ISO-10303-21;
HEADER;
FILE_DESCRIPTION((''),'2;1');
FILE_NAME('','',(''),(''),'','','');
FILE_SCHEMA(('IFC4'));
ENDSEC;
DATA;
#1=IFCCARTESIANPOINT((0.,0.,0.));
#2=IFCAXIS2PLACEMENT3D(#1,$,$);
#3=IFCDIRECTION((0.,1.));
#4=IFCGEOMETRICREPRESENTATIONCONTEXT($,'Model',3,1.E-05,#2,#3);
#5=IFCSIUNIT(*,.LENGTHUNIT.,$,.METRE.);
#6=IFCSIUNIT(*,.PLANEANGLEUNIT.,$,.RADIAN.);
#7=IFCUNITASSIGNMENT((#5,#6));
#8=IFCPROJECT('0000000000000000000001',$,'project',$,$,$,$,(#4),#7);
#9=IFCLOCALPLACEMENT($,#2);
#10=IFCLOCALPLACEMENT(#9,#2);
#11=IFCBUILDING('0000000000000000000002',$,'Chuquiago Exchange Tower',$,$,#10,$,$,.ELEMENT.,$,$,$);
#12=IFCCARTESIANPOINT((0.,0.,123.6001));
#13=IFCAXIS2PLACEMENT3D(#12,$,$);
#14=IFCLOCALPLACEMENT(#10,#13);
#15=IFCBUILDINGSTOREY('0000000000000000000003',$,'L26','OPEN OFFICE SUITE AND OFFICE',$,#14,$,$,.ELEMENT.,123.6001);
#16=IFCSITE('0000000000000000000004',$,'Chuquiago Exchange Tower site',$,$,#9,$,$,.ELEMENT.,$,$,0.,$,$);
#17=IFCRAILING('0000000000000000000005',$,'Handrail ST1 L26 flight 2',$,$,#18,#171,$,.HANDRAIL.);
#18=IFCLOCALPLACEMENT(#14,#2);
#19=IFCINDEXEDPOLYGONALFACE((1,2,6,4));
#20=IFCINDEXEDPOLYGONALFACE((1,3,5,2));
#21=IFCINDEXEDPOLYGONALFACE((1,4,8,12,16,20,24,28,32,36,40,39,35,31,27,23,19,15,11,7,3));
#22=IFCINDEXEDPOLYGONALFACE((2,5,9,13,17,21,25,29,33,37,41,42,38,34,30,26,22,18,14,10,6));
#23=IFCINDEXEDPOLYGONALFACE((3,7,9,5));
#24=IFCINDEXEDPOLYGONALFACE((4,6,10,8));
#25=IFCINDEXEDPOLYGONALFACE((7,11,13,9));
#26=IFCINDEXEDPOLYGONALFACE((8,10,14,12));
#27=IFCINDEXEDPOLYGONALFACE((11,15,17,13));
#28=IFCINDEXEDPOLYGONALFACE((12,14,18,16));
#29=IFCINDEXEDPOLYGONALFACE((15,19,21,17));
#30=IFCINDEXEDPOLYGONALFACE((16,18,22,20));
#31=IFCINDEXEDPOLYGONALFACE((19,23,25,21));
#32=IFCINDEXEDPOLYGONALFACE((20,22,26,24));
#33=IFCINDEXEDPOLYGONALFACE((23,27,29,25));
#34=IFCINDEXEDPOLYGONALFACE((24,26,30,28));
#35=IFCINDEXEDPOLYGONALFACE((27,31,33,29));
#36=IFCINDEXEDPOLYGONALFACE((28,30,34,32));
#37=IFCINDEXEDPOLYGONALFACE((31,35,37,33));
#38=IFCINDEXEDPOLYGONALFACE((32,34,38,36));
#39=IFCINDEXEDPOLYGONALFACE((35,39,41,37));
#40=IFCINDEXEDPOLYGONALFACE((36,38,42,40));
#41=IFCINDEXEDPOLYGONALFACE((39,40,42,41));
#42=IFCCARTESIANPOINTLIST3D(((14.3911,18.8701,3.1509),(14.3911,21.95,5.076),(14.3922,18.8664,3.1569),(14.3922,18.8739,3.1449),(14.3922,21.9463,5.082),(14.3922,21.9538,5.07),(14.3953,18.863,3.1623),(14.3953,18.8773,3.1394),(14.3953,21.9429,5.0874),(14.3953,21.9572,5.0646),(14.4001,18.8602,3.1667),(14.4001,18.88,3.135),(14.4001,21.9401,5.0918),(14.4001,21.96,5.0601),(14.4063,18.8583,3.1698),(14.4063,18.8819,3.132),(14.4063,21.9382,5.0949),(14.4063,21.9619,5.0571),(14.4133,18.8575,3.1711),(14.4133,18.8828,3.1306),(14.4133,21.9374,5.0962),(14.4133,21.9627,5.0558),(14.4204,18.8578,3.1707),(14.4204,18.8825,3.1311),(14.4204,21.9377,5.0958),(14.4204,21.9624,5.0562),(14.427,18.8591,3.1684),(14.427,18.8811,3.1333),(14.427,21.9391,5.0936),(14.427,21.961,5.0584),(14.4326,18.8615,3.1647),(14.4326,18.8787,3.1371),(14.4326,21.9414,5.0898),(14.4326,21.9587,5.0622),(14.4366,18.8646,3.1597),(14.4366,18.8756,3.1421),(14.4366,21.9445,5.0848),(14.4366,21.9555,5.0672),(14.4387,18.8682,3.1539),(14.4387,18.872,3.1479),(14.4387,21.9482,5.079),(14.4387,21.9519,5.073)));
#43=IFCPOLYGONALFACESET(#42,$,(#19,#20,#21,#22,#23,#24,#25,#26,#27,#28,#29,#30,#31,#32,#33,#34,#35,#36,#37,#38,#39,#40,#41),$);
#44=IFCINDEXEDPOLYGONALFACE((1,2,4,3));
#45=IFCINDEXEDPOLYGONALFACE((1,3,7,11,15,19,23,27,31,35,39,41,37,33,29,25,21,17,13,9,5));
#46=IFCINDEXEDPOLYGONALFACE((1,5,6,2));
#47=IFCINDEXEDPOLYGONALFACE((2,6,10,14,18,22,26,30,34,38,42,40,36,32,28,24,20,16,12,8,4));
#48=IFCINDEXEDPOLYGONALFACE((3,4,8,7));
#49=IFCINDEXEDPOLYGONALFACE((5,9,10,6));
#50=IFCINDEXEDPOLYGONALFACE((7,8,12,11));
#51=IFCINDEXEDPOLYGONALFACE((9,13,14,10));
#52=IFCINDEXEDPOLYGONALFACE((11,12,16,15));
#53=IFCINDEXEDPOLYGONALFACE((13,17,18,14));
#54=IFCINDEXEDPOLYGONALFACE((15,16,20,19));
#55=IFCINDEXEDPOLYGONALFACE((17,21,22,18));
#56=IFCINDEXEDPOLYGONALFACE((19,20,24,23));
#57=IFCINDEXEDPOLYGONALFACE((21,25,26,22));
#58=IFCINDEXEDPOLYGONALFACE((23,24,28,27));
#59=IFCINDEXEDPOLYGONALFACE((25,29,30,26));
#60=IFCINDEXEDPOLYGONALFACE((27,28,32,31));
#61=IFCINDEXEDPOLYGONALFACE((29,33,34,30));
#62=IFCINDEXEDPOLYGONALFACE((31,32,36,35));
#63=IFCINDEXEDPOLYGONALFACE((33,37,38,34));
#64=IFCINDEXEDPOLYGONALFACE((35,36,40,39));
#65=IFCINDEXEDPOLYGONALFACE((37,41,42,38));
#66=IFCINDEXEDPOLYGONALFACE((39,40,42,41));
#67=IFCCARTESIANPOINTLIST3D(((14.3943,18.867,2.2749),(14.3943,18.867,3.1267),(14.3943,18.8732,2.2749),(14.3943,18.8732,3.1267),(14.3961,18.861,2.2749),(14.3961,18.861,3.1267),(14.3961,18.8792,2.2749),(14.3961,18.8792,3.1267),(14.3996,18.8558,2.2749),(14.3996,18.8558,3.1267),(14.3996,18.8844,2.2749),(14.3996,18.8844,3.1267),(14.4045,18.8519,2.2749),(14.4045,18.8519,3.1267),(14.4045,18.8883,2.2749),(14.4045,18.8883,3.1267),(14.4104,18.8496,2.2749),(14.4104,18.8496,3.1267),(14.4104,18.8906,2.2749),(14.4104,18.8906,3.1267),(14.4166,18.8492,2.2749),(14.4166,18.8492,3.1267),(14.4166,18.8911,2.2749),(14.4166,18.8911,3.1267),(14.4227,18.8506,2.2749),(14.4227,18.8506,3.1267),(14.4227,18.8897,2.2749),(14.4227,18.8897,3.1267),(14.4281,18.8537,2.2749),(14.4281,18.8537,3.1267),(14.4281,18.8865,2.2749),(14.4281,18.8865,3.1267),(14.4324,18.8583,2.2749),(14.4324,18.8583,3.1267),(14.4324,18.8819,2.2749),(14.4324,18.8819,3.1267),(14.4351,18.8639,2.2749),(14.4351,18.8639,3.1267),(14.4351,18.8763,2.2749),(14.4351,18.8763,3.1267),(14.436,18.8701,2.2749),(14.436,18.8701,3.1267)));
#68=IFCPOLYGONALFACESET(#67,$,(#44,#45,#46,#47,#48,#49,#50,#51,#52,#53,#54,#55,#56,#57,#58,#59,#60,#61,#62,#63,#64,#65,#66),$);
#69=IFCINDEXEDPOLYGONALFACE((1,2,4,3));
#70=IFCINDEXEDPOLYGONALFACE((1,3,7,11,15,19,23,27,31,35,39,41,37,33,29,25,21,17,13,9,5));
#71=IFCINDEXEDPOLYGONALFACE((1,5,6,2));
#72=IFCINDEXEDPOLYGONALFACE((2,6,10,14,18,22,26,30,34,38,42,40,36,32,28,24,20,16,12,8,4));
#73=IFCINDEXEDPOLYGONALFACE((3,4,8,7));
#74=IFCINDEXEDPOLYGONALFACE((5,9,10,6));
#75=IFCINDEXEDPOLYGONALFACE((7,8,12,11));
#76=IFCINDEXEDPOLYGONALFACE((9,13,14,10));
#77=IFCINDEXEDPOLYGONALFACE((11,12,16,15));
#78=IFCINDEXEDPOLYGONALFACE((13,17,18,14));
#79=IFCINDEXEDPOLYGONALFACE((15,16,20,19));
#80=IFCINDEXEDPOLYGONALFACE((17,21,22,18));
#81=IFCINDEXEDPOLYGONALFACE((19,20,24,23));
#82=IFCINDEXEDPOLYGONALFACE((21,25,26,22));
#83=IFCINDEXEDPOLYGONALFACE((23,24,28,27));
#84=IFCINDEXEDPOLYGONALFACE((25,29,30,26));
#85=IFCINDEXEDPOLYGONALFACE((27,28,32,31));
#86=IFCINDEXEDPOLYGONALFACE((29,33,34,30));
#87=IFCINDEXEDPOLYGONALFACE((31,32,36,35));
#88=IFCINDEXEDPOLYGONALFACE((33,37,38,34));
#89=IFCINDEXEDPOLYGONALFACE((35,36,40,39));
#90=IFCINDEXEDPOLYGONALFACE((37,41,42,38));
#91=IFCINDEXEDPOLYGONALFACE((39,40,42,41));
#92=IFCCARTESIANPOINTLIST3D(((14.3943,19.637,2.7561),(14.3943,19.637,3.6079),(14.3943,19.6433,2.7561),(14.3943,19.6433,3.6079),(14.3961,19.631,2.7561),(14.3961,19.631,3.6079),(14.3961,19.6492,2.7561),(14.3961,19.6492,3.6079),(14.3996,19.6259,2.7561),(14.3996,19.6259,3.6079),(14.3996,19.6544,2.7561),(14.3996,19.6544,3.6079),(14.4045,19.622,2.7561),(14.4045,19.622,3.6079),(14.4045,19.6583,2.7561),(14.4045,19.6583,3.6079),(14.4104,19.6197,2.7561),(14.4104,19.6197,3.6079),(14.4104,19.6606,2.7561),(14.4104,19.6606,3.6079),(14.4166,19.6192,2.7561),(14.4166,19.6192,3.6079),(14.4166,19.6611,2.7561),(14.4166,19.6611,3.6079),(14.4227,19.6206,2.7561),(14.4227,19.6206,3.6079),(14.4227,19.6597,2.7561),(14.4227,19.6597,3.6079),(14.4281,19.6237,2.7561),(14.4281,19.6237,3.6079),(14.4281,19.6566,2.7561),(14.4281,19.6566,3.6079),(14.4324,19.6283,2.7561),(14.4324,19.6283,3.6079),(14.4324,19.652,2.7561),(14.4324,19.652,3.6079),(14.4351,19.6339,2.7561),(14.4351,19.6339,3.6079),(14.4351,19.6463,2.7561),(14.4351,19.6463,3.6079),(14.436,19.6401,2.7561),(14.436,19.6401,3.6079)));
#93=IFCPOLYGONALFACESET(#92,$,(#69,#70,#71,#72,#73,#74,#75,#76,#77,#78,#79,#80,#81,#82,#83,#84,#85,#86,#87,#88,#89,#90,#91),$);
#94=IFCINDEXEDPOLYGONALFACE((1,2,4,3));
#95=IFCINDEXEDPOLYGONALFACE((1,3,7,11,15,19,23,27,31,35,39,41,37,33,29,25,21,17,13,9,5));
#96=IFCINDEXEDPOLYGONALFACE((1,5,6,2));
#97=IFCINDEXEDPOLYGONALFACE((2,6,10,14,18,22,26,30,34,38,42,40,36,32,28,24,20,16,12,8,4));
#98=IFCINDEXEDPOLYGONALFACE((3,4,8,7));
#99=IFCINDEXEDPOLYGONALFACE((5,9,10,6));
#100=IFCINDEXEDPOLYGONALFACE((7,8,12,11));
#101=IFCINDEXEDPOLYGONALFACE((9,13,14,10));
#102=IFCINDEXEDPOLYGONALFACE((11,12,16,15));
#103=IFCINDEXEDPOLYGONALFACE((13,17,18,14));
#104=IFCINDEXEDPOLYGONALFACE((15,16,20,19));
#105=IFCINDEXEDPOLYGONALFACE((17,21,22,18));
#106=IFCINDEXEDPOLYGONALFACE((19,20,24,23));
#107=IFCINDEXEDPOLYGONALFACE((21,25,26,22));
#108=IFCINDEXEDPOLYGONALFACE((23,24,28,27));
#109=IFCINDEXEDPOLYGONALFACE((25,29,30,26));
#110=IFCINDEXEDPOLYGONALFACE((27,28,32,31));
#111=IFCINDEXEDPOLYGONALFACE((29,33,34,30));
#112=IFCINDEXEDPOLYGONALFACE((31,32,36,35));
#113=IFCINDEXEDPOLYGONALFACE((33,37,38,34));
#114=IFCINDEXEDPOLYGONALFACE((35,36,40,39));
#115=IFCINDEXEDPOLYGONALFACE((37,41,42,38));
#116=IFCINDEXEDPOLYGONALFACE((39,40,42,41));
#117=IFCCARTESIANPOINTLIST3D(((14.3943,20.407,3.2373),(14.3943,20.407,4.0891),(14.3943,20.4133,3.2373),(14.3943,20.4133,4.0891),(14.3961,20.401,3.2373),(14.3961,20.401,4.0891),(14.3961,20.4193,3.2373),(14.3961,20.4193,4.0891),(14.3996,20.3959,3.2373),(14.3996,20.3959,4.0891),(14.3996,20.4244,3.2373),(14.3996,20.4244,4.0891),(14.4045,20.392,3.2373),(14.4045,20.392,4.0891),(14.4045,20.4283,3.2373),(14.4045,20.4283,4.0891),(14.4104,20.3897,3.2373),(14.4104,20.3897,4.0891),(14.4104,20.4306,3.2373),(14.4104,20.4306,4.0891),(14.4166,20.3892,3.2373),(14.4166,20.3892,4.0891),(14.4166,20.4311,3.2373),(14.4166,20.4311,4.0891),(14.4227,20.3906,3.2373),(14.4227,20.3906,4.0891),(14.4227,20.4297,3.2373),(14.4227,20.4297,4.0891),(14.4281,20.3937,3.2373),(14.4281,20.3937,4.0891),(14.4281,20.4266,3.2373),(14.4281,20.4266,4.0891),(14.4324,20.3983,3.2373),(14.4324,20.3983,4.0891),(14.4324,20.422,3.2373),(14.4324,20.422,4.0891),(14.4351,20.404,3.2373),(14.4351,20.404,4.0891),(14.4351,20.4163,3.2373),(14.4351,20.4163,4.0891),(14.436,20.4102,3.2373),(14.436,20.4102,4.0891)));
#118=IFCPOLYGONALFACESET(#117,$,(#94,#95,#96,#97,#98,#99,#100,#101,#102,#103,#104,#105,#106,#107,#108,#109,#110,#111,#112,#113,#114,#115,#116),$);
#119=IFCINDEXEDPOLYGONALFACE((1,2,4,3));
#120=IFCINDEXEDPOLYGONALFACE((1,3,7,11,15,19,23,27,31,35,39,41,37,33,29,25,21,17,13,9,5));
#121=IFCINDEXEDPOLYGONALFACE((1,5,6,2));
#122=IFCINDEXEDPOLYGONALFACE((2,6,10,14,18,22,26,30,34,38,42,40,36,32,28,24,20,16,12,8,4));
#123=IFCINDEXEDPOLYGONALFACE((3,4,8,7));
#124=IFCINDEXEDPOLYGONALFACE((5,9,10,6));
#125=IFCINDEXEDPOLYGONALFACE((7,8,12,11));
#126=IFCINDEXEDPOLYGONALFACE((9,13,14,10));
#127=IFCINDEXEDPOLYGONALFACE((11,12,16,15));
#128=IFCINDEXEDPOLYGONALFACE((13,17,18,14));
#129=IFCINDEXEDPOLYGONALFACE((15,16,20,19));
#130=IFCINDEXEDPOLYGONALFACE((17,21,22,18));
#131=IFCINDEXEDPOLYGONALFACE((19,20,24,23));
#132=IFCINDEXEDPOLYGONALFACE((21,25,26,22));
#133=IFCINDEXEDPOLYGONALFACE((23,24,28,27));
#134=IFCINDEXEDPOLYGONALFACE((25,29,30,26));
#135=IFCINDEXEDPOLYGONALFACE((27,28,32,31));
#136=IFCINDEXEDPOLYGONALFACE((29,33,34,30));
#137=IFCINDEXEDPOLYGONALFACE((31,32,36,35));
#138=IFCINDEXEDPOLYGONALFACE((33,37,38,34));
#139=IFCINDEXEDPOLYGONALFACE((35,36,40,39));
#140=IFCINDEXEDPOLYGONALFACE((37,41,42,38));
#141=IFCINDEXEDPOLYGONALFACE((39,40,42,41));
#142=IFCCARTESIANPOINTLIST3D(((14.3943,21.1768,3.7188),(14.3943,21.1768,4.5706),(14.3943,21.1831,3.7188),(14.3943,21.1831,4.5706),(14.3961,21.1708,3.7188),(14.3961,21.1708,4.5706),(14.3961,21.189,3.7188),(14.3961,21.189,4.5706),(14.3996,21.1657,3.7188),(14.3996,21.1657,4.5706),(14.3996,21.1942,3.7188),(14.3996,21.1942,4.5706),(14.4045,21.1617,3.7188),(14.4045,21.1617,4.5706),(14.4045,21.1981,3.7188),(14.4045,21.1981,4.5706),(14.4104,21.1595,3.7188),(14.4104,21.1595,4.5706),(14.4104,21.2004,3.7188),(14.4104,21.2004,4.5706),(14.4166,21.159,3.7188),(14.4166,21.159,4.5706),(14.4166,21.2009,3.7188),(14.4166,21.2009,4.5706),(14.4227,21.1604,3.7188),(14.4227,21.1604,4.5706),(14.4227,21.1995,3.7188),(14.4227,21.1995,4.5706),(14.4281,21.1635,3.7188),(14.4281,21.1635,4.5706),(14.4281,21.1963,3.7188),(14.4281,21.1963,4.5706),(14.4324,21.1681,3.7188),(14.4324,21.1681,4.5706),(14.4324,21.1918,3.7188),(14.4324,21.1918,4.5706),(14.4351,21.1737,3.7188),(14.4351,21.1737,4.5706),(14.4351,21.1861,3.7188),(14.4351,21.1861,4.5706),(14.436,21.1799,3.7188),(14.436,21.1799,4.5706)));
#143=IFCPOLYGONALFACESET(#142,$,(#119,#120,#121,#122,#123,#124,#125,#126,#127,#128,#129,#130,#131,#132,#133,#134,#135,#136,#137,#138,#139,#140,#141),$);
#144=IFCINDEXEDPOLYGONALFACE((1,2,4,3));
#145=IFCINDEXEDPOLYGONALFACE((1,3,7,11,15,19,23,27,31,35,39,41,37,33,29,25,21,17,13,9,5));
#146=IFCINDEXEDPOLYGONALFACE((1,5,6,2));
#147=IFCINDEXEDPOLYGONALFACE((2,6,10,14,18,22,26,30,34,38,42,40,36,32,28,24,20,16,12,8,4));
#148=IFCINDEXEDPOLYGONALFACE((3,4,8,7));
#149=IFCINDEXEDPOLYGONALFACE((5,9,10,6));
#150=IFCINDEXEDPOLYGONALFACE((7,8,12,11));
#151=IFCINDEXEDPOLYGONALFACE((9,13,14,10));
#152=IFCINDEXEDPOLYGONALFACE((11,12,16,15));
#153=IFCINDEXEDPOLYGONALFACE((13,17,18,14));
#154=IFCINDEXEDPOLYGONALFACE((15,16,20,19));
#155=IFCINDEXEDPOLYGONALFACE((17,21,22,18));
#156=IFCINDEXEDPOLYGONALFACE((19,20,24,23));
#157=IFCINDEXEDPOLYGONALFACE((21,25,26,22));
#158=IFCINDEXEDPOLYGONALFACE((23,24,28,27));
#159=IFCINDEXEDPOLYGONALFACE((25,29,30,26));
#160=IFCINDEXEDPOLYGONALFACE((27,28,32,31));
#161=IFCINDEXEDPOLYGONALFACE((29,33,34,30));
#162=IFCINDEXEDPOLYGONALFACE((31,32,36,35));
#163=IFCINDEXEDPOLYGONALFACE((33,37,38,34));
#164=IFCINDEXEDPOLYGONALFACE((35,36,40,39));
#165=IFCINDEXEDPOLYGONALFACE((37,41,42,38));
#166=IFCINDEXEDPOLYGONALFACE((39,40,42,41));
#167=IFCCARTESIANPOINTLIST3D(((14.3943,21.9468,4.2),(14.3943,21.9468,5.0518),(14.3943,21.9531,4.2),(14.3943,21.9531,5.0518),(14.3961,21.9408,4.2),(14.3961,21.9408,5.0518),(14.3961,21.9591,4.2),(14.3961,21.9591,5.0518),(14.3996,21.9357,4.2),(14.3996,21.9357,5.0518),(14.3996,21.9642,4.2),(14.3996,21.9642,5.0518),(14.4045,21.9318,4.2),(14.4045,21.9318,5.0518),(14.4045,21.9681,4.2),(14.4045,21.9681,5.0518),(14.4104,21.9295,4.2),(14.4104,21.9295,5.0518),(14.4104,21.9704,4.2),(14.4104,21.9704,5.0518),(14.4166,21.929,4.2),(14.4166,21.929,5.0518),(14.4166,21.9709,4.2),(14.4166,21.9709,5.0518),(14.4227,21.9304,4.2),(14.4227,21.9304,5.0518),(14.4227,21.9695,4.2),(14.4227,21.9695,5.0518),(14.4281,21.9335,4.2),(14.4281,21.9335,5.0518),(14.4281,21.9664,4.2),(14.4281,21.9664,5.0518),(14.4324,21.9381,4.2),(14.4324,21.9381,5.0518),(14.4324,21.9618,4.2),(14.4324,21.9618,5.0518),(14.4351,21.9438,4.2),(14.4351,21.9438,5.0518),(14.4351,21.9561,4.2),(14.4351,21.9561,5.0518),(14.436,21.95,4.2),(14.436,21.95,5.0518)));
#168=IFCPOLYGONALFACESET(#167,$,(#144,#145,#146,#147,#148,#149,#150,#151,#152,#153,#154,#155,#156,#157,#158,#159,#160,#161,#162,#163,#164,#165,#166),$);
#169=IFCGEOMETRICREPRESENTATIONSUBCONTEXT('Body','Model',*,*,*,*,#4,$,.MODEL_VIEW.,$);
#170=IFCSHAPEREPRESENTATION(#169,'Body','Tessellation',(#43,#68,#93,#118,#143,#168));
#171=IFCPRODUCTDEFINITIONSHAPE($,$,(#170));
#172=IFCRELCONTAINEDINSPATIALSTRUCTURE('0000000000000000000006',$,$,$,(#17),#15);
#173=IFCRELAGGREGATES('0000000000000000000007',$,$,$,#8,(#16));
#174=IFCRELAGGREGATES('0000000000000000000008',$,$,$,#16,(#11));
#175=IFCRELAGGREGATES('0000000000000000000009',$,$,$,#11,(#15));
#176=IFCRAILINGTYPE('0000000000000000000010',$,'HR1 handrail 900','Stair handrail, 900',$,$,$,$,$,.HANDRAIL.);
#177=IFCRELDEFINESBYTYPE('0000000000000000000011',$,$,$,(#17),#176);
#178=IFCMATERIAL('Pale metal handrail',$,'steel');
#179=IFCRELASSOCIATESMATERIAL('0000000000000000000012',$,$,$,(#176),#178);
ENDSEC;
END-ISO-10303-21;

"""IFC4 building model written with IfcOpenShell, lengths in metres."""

from ifc_helpers import new_model, si_unit, direction, frame, origin, origin_2d, place, context, subcontext, project, spatial, circle, extrude, material, type_object, element, save


model = new_model("IFC4")

# Units and contexts
model_context = context("Model", 3, precision=1e-05, world=origin(), true_north=direction((0.0, 1.0)))
body_context = subcontext(model_context, "Body", "Model", "MODEL_VIEW")
ifc_project = project(units=[si_unit("LENGTHUNIT", "METRE"), si_unit("PLANEANGLEUNIT", "RADIAN")], contexts=[model_context])

# Site, building, storey
site_placement = place(None, origin())
site = spatial("IfcSite", under=ifc_project, at=site_placement, Name="Chuquiago Exchange Tower site", CompositionType="ELEMENT", RefElevation=0.0)
building_placement = place(site_placement, origin())
building = spatial("IfcBuilding", under=site, at=building_placement, Name="Chuquiago Exchange Tower", CompositionType="ELEMENT")
storey_placement = place(building_placement, frame((0.0, 0.0, 123.6001)))
storey = spatial("IfcBuildingStorey", under=building, at=storey_placement, Name="L26", Description="OPEN OFFICE SUITE AND OFFICE", CompositionType="ELEMENT", Elevation=123.6001)

# Railing
ifc_material_1 = material(Name="Pale metal handrail", Category="steel")
railing_type_1 = type_object("IfcRailingType", Name="HR1 handrail 900", Description="Stair handrail, 900", PredefinedType="HANDRAIL", material=ifc_material_1)
for number, where, name in (
    (1, (14.415, 18.8701, 2.2749), "Handrail ST1 L26 flight 2"),
):
    element("IfcRailing", number, at=place(storey_placement, frame(where)), inside=storey, type_object=railing_type_1, Name=name, PredefinedType="HANDRAIL", context=body_context, shape_type="SweptSolid", body=[
        extrude(circle(Radius=0.0239, at=origin_2d()), frame((0.0, 0.0, 0.876), z_axis=(0.0, 0.847979, 0.530029), x_axis=(-1.0, 0.0, 0.0)), (0.0, 0.0, 1.0), 3.6321),
        extrude(circle(Radius=0.021, at=origin_2d()), origin(), (0.0, 0.0, 1.0), 0.8518),
        extrude(circle(Radius=0.021, at=origin_2d()), frame((0.0, 0.77, 0.4812)), (0.0, 0.0, 1.0), 0.8518),
        extrude(circle(Radius=0.021, at=origin_2d()), frame((0.0, 1.54, 0.9624)), (0.0, 0.0, 1.0), 0.8518),
        extrude(circle(Radius=0.021, at=origin_2d()), frame((0.0, 2.3098, 1.4438)), (0.0, 0.0, 1.0), 0.8518),
        extrude(circle(Radius=0.021, at=origin_2d()), frame((0.0, 3.0798, 1.925)), (0.0, 0.0, 1.0), 0.8518),
    ])

save(model, "model.ifc")
